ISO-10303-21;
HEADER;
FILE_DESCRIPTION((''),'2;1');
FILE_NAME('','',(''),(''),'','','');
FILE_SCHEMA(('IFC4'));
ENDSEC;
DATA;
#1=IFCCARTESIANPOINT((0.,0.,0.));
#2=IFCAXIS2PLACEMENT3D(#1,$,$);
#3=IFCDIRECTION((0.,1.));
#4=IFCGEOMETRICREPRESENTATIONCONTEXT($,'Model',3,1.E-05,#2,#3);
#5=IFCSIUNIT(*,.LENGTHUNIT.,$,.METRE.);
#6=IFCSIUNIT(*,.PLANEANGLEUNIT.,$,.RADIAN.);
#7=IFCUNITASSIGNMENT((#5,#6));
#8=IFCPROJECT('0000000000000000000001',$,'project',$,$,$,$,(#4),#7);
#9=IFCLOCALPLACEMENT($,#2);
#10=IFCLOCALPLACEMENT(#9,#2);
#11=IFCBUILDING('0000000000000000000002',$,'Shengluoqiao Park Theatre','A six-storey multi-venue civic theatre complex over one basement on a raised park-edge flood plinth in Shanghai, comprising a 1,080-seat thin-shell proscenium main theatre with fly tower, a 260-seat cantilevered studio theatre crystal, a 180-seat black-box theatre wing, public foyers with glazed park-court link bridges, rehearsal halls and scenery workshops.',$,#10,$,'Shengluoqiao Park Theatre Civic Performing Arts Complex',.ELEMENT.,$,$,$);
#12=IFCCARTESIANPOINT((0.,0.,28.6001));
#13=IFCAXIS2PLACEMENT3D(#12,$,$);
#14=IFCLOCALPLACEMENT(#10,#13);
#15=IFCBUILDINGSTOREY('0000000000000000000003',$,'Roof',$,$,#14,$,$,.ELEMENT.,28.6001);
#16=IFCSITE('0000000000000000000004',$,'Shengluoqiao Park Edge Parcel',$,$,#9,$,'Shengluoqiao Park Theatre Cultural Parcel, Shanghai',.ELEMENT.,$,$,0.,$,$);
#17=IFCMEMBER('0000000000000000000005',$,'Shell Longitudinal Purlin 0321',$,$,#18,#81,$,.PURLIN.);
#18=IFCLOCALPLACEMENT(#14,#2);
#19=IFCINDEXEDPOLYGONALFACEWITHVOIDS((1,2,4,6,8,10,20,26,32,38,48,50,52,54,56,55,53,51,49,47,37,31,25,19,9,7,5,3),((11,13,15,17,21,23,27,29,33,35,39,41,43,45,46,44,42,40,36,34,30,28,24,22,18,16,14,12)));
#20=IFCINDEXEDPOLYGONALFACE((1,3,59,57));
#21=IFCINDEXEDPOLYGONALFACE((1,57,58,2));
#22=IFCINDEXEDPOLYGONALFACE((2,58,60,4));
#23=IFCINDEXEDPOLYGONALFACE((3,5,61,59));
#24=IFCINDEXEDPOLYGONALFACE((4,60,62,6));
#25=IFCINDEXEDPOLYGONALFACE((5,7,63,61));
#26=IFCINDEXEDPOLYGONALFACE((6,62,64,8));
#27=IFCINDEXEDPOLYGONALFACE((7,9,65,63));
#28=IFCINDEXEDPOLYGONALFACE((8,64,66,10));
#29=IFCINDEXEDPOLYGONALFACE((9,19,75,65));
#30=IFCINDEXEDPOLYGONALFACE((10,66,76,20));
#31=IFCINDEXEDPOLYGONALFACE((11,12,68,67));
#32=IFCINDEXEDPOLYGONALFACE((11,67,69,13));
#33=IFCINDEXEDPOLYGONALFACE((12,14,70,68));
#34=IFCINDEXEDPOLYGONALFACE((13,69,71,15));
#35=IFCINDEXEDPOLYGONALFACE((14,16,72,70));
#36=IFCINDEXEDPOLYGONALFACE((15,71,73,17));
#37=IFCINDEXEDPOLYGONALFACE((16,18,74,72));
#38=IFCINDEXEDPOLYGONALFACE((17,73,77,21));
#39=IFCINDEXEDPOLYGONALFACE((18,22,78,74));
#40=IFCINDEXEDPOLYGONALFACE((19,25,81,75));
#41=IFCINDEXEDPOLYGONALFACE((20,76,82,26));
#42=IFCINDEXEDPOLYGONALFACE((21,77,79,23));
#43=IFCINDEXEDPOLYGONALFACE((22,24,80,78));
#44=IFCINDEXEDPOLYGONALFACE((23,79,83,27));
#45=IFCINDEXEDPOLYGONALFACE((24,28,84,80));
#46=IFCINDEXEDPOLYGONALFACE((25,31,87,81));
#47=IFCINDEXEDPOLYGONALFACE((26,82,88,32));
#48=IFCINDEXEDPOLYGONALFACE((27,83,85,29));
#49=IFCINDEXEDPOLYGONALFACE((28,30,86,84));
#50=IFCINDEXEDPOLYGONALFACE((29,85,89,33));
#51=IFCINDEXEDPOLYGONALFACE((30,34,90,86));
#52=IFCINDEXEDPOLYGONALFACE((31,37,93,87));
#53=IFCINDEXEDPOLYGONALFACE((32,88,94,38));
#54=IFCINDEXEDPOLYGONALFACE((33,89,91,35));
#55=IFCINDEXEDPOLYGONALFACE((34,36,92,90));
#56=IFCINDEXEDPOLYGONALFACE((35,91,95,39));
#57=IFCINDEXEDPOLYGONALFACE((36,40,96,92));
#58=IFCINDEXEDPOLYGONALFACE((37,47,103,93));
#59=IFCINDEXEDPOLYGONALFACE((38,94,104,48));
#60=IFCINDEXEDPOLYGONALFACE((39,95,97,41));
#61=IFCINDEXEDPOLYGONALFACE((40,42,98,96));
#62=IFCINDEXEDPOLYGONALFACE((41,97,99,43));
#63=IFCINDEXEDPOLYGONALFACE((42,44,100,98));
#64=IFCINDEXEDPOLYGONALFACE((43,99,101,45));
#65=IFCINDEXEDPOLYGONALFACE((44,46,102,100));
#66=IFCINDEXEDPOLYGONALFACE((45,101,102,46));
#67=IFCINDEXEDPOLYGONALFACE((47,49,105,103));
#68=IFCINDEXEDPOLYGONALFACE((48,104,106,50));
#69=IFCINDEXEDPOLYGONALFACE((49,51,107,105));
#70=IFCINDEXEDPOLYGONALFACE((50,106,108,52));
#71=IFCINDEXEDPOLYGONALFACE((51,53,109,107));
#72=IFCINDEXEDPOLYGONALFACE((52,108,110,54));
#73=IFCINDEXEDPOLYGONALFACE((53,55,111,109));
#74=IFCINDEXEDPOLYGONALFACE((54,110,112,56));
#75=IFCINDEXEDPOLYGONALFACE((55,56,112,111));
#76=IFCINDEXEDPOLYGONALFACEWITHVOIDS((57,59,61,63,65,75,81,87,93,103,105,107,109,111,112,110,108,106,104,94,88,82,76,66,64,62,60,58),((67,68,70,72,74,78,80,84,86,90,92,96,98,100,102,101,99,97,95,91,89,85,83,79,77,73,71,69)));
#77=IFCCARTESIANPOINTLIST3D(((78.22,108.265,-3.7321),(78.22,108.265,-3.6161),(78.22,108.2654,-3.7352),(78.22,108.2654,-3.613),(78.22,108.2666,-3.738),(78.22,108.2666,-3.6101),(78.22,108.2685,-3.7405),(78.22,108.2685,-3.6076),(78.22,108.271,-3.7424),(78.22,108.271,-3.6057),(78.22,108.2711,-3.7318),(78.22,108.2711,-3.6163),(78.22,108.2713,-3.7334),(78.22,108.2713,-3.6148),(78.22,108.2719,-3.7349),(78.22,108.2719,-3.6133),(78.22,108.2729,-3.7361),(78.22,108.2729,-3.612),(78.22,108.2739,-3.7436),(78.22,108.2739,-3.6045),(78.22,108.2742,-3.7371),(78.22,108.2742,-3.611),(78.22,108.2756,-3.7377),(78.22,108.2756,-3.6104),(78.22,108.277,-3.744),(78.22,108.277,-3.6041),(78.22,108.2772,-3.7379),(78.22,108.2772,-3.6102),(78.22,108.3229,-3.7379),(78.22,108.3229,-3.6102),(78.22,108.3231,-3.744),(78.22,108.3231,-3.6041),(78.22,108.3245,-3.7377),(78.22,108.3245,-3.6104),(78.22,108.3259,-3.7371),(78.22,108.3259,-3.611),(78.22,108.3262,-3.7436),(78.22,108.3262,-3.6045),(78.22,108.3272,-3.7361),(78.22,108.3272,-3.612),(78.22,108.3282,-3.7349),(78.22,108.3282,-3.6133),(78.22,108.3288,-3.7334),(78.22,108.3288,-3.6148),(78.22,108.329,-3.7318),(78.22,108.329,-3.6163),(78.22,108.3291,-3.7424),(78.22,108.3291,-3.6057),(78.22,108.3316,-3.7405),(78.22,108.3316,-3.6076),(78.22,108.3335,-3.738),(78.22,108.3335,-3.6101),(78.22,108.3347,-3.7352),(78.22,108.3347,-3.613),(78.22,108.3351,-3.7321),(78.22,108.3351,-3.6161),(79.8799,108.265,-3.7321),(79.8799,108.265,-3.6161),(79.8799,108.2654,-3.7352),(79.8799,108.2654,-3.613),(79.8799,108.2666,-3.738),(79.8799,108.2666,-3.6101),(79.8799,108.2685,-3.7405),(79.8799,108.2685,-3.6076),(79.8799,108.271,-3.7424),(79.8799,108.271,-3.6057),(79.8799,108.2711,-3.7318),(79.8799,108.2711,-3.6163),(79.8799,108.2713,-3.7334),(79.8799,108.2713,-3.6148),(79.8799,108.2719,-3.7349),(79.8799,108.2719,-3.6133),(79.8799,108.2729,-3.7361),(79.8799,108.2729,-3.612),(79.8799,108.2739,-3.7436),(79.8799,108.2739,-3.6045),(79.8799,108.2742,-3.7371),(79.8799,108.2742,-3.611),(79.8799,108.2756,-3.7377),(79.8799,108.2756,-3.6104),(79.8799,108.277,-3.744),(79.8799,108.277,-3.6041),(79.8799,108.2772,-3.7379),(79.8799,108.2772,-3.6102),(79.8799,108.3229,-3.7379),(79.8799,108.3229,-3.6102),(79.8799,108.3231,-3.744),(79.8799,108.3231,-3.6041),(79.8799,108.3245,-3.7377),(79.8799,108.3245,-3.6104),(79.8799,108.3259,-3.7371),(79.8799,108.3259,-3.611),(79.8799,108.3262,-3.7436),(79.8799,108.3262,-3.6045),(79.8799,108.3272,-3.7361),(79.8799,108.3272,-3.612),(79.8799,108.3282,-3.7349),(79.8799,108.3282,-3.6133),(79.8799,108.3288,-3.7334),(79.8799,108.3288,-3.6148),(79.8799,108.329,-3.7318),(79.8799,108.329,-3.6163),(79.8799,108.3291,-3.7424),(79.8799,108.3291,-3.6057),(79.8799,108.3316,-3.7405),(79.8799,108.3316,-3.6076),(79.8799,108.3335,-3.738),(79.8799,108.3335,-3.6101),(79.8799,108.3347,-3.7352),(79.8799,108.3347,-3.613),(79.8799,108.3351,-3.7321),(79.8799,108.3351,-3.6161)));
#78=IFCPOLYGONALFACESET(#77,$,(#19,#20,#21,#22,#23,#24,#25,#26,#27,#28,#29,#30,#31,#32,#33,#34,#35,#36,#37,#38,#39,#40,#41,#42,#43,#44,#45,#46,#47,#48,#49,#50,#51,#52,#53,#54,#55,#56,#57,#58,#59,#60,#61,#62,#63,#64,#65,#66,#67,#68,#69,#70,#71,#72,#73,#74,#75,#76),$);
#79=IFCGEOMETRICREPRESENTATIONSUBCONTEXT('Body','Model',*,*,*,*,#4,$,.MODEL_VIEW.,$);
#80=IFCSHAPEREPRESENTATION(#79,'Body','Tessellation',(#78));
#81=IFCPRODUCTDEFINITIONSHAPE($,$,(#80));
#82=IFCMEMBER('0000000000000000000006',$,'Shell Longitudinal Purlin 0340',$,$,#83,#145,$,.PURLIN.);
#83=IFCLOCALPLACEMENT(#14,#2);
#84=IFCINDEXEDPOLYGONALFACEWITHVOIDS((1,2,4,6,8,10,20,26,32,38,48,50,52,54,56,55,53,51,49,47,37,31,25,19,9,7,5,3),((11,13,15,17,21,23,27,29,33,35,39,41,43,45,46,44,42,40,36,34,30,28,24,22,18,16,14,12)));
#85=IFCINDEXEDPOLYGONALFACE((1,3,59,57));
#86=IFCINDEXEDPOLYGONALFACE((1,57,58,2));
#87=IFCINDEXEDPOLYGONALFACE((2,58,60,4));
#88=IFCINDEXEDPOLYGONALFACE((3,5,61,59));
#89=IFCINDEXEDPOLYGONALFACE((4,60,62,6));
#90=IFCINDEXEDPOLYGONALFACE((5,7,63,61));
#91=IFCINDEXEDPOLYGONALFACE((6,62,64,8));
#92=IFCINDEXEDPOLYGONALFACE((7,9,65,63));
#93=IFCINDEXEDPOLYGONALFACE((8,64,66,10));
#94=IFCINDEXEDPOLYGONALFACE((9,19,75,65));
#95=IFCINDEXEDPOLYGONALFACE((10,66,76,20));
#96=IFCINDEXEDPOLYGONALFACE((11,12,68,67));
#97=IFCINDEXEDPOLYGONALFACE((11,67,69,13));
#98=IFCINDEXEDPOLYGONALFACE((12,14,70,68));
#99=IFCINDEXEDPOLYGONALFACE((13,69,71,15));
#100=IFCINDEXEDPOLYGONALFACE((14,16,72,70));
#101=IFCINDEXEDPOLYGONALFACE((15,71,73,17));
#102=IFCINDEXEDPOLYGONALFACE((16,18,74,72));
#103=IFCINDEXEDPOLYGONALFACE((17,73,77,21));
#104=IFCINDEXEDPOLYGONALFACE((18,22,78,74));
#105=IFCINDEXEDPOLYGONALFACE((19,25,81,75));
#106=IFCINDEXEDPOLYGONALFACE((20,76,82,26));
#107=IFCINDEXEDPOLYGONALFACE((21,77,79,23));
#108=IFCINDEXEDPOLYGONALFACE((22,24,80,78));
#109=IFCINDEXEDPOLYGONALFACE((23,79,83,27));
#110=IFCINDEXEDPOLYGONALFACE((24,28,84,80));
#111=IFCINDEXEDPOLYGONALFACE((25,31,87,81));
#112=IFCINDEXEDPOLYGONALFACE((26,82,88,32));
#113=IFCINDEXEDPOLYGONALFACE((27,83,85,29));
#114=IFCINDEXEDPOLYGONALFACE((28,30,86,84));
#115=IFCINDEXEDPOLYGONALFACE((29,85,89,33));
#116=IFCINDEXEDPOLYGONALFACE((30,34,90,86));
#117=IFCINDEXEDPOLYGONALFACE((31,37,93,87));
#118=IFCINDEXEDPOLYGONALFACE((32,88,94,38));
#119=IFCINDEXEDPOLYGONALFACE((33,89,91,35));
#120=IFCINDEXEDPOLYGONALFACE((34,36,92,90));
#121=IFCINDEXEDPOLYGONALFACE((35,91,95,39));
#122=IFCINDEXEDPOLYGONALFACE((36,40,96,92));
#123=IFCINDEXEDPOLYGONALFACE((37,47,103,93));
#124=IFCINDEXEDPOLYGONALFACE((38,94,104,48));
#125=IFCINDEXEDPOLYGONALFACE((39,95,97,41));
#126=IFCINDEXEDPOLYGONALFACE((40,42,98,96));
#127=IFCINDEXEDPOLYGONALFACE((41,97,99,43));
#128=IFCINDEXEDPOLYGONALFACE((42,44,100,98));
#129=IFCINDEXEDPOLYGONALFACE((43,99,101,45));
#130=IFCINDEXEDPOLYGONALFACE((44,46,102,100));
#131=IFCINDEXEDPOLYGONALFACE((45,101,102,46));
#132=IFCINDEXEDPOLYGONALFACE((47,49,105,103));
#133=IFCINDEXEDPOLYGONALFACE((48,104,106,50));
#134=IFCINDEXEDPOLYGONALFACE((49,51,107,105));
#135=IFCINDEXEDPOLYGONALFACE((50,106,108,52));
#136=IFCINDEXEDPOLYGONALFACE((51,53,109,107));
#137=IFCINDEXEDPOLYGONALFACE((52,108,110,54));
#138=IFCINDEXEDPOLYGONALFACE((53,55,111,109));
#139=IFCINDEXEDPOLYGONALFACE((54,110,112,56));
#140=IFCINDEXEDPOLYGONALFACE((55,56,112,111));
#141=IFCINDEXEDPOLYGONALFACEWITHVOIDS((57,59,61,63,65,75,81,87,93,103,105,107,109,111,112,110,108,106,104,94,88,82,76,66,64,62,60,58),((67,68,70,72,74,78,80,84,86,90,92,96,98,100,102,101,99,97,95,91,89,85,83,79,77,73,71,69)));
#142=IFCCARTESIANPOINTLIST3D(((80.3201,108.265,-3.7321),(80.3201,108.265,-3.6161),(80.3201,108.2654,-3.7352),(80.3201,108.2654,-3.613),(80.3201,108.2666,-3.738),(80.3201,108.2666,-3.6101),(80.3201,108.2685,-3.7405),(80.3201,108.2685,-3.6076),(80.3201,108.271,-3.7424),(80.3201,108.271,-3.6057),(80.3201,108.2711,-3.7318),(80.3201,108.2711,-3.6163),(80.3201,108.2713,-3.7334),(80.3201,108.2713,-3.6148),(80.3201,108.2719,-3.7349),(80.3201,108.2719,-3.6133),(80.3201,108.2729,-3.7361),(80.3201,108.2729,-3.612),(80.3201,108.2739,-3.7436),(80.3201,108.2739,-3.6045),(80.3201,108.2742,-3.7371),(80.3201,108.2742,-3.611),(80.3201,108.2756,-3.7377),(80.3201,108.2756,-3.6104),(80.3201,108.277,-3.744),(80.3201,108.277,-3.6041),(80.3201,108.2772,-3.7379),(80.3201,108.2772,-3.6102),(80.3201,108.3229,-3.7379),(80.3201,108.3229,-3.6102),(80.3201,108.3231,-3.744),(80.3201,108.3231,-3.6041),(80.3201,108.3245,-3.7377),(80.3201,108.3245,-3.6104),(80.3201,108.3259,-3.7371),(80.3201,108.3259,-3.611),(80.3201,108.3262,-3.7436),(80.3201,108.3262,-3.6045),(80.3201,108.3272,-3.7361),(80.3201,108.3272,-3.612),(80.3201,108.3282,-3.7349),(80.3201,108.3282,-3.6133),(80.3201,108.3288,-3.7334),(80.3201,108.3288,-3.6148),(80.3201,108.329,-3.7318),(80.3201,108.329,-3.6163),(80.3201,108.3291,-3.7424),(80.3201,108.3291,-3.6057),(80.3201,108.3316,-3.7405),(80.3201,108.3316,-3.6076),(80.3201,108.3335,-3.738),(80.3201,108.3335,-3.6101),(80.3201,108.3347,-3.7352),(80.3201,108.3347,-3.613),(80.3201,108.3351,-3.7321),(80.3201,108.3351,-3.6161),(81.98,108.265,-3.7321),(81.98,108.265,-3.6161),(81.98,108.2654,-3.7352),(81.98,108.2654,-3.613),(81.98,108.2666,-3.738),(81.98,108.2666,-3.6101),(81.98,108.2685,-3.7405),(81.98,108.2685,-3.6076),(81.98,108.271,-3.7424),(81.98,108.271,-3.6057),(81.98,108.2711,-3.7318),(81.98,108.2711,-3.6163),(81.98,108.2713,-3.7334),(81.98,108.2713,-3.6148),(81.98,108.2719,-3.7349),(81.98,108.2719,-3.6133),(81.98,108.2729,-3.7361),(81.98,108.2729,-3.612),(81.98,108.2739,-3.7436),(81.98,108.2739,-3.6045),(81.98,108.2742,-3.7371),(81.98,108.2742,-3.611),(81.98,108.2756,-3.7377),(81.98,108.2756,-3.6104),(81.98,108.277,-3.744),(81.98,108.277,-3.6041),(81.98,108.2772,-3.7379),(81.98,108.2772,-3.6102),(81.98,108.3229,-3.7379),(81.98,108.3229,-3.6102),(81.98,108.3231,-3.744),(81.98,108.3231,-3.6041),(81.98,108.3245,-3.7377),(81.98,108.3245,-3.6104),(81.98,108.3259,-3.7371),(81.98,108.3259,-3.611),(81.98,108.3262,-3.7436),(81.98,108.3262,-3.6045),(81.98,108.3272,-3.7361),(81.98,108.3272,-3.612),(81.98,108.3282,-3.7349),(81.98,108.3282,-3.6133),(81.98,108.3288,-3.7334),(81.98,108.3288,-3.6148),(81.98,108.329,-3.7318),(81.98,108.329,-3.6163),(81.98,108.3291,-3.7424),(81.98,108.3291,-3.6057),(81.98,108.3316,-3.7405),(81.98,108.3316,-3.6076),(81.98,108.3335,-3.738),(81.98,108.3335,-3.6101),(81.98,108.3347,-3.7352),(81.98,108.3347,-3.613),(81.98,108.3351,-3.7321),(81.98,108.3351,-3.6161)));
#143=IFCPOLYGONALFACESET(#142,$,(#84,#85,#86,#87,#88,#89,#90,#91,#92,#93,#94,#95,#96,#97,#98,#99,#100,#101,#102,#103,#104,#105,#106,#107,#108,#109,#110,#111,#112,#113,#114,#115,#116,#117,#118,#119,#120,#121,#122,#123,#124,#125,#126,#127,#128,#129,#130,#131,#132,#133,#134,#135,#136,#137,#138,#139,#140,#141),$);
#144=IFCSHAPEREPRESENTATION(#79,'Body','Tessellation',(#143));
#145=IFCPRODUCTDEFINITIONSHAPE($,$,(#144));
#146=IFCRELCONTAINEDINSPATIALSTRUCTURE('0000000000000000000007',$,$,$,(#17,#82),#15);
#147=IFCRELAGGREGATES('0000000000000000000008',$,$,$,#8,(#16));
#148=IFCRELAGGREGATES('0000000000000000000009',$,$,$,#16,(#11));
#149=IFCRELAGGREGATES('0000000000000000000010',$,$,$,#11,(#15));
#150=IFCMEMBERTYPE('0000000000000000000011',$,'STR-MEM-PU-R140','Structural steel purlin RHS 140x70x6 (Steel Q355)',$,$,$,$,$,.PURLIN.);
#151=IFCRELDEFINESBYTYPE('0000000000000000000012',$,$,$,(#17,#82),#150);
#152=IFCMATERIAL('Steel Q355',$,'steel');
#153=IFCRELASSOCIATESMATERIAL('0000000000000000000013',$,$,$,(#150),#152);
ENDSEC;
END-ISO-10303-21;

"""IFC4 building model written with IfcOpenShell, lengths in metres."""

from ifc_helpers import new_model, si_unit, direction, frame, origin, origin_2d, place, context, subcontext, project, spatial, hollow_rectangle, extrude, material, material_profile, profile_set, type_object, element, save


model = new_model("IFC4")

# Units and contexts
model_context = context("Model", 3, precision=1e-05, world=origin(), true_north=direction((0.0, 1.0)))
body_context = subcontext(model_context, "Body", "Model", "MODEL_VIEW")
ifc_project = project(units=[si_unit("LENGTHUNIT", "METRE"), si_unit("PLANEANGLEUNIT", "RADIAN")], contexts=[model_context])

# Site, building, storey
site_placement = place(None, origin())
site = spatial("IfcSite", under=ifc_project, at=site_placement, Name="Shengluoqiao Park Edge Parcel", LongName="Shengluoqiao Park Theatre Cultural Parcel, Shanghai", CompositionType="ELEMENT", RefElevation=0.0)
building_placement = place(site_placement, origin())
building = spatial("IfcBuilding", under=site, at=building_placement, Name="Shengluoqiao Park Theatre", Description="A six-storey multi-venue civic theatre complex over one basement on a raised park-edge flood plinth in Shanghai, comprising a 1,080-seat thin-shell proscenium main theatre with fly tower, a 260-seat cantilevered studio theatre crystal, a 180-seat black-box theatre wing, public foyers with glazed park-court link bridges, rehearsal halls and scenery workshops.", LongName="Shengluoqiao Park Theatre Civic Performing Arts Complex", CompositionType="ELEMENT")
storey_placement = place(building_placement, frame((0.0, 0.0, 28.6001)))
storey = spatial("IfcBuildingStorey", under=building, at=storey_placement, Name="Roof", CompositionType="ELEMENT", Elevation=28.6001)

# Shared definitions
ifc_material_1 = material(Name="Steel Q355", Category="steel")

# Members
ifc_material_profile_1 = material_profile(ifc_material_1, hollow_rectangle(XDim=0.0701, YDim=0.1399, WallThickness=0.0061, InnerFilletRadius=0.0061, OuterFilletRadius=0.012, at=origin_2d()), Name="RHS 140x70x6")
ifc_profile_set_1 = profile_set([ifc_material_profile_1], Name="Steel Q355")
member_type_1 = type_object("IfcMemberType", Name="STR-MEM-PU-R140", Description="Structural steel purlin RHS 140x70x6 (Steel Q355)", PredefinedType="PURLIN", material=ifc_profile_set_1)
for number, where, z_axis, x_axis, name in (
    (1, (78.22, 108.3, -3.6741), (1.0, 0.0, 0.0), (0.0, 1.0, 0.0), "Shell Longitudinal Purlin 0321"),
    (2, (80.3201, 108.3, -3.6741), (1.0, 0.0, 0.0), (0.0, 1.0, 0.0), "Shell Longitudinal Purlin 0340"),
):
    element("IfcMember", number, at=place(storey_placement, frame(where, z_axis=z_axis, x_axis=x_axis)), inside=storey, type_object=member_type_1, Name=name, PredefinedType="PURLIN", context=body_context, shape_type="SweptSolid", body=[
        extrude(hollow_rectangle(XDim=0.0701, YDim=0.1399, WallThickness=0.0061, InnerFilletRadius=0.0061, OuterFilletRadius=0.012, at=origin_2d()), origin(), (0.0, 0.0, 1.0), 1.6599),
    ])

save(model, "model.ifc")
